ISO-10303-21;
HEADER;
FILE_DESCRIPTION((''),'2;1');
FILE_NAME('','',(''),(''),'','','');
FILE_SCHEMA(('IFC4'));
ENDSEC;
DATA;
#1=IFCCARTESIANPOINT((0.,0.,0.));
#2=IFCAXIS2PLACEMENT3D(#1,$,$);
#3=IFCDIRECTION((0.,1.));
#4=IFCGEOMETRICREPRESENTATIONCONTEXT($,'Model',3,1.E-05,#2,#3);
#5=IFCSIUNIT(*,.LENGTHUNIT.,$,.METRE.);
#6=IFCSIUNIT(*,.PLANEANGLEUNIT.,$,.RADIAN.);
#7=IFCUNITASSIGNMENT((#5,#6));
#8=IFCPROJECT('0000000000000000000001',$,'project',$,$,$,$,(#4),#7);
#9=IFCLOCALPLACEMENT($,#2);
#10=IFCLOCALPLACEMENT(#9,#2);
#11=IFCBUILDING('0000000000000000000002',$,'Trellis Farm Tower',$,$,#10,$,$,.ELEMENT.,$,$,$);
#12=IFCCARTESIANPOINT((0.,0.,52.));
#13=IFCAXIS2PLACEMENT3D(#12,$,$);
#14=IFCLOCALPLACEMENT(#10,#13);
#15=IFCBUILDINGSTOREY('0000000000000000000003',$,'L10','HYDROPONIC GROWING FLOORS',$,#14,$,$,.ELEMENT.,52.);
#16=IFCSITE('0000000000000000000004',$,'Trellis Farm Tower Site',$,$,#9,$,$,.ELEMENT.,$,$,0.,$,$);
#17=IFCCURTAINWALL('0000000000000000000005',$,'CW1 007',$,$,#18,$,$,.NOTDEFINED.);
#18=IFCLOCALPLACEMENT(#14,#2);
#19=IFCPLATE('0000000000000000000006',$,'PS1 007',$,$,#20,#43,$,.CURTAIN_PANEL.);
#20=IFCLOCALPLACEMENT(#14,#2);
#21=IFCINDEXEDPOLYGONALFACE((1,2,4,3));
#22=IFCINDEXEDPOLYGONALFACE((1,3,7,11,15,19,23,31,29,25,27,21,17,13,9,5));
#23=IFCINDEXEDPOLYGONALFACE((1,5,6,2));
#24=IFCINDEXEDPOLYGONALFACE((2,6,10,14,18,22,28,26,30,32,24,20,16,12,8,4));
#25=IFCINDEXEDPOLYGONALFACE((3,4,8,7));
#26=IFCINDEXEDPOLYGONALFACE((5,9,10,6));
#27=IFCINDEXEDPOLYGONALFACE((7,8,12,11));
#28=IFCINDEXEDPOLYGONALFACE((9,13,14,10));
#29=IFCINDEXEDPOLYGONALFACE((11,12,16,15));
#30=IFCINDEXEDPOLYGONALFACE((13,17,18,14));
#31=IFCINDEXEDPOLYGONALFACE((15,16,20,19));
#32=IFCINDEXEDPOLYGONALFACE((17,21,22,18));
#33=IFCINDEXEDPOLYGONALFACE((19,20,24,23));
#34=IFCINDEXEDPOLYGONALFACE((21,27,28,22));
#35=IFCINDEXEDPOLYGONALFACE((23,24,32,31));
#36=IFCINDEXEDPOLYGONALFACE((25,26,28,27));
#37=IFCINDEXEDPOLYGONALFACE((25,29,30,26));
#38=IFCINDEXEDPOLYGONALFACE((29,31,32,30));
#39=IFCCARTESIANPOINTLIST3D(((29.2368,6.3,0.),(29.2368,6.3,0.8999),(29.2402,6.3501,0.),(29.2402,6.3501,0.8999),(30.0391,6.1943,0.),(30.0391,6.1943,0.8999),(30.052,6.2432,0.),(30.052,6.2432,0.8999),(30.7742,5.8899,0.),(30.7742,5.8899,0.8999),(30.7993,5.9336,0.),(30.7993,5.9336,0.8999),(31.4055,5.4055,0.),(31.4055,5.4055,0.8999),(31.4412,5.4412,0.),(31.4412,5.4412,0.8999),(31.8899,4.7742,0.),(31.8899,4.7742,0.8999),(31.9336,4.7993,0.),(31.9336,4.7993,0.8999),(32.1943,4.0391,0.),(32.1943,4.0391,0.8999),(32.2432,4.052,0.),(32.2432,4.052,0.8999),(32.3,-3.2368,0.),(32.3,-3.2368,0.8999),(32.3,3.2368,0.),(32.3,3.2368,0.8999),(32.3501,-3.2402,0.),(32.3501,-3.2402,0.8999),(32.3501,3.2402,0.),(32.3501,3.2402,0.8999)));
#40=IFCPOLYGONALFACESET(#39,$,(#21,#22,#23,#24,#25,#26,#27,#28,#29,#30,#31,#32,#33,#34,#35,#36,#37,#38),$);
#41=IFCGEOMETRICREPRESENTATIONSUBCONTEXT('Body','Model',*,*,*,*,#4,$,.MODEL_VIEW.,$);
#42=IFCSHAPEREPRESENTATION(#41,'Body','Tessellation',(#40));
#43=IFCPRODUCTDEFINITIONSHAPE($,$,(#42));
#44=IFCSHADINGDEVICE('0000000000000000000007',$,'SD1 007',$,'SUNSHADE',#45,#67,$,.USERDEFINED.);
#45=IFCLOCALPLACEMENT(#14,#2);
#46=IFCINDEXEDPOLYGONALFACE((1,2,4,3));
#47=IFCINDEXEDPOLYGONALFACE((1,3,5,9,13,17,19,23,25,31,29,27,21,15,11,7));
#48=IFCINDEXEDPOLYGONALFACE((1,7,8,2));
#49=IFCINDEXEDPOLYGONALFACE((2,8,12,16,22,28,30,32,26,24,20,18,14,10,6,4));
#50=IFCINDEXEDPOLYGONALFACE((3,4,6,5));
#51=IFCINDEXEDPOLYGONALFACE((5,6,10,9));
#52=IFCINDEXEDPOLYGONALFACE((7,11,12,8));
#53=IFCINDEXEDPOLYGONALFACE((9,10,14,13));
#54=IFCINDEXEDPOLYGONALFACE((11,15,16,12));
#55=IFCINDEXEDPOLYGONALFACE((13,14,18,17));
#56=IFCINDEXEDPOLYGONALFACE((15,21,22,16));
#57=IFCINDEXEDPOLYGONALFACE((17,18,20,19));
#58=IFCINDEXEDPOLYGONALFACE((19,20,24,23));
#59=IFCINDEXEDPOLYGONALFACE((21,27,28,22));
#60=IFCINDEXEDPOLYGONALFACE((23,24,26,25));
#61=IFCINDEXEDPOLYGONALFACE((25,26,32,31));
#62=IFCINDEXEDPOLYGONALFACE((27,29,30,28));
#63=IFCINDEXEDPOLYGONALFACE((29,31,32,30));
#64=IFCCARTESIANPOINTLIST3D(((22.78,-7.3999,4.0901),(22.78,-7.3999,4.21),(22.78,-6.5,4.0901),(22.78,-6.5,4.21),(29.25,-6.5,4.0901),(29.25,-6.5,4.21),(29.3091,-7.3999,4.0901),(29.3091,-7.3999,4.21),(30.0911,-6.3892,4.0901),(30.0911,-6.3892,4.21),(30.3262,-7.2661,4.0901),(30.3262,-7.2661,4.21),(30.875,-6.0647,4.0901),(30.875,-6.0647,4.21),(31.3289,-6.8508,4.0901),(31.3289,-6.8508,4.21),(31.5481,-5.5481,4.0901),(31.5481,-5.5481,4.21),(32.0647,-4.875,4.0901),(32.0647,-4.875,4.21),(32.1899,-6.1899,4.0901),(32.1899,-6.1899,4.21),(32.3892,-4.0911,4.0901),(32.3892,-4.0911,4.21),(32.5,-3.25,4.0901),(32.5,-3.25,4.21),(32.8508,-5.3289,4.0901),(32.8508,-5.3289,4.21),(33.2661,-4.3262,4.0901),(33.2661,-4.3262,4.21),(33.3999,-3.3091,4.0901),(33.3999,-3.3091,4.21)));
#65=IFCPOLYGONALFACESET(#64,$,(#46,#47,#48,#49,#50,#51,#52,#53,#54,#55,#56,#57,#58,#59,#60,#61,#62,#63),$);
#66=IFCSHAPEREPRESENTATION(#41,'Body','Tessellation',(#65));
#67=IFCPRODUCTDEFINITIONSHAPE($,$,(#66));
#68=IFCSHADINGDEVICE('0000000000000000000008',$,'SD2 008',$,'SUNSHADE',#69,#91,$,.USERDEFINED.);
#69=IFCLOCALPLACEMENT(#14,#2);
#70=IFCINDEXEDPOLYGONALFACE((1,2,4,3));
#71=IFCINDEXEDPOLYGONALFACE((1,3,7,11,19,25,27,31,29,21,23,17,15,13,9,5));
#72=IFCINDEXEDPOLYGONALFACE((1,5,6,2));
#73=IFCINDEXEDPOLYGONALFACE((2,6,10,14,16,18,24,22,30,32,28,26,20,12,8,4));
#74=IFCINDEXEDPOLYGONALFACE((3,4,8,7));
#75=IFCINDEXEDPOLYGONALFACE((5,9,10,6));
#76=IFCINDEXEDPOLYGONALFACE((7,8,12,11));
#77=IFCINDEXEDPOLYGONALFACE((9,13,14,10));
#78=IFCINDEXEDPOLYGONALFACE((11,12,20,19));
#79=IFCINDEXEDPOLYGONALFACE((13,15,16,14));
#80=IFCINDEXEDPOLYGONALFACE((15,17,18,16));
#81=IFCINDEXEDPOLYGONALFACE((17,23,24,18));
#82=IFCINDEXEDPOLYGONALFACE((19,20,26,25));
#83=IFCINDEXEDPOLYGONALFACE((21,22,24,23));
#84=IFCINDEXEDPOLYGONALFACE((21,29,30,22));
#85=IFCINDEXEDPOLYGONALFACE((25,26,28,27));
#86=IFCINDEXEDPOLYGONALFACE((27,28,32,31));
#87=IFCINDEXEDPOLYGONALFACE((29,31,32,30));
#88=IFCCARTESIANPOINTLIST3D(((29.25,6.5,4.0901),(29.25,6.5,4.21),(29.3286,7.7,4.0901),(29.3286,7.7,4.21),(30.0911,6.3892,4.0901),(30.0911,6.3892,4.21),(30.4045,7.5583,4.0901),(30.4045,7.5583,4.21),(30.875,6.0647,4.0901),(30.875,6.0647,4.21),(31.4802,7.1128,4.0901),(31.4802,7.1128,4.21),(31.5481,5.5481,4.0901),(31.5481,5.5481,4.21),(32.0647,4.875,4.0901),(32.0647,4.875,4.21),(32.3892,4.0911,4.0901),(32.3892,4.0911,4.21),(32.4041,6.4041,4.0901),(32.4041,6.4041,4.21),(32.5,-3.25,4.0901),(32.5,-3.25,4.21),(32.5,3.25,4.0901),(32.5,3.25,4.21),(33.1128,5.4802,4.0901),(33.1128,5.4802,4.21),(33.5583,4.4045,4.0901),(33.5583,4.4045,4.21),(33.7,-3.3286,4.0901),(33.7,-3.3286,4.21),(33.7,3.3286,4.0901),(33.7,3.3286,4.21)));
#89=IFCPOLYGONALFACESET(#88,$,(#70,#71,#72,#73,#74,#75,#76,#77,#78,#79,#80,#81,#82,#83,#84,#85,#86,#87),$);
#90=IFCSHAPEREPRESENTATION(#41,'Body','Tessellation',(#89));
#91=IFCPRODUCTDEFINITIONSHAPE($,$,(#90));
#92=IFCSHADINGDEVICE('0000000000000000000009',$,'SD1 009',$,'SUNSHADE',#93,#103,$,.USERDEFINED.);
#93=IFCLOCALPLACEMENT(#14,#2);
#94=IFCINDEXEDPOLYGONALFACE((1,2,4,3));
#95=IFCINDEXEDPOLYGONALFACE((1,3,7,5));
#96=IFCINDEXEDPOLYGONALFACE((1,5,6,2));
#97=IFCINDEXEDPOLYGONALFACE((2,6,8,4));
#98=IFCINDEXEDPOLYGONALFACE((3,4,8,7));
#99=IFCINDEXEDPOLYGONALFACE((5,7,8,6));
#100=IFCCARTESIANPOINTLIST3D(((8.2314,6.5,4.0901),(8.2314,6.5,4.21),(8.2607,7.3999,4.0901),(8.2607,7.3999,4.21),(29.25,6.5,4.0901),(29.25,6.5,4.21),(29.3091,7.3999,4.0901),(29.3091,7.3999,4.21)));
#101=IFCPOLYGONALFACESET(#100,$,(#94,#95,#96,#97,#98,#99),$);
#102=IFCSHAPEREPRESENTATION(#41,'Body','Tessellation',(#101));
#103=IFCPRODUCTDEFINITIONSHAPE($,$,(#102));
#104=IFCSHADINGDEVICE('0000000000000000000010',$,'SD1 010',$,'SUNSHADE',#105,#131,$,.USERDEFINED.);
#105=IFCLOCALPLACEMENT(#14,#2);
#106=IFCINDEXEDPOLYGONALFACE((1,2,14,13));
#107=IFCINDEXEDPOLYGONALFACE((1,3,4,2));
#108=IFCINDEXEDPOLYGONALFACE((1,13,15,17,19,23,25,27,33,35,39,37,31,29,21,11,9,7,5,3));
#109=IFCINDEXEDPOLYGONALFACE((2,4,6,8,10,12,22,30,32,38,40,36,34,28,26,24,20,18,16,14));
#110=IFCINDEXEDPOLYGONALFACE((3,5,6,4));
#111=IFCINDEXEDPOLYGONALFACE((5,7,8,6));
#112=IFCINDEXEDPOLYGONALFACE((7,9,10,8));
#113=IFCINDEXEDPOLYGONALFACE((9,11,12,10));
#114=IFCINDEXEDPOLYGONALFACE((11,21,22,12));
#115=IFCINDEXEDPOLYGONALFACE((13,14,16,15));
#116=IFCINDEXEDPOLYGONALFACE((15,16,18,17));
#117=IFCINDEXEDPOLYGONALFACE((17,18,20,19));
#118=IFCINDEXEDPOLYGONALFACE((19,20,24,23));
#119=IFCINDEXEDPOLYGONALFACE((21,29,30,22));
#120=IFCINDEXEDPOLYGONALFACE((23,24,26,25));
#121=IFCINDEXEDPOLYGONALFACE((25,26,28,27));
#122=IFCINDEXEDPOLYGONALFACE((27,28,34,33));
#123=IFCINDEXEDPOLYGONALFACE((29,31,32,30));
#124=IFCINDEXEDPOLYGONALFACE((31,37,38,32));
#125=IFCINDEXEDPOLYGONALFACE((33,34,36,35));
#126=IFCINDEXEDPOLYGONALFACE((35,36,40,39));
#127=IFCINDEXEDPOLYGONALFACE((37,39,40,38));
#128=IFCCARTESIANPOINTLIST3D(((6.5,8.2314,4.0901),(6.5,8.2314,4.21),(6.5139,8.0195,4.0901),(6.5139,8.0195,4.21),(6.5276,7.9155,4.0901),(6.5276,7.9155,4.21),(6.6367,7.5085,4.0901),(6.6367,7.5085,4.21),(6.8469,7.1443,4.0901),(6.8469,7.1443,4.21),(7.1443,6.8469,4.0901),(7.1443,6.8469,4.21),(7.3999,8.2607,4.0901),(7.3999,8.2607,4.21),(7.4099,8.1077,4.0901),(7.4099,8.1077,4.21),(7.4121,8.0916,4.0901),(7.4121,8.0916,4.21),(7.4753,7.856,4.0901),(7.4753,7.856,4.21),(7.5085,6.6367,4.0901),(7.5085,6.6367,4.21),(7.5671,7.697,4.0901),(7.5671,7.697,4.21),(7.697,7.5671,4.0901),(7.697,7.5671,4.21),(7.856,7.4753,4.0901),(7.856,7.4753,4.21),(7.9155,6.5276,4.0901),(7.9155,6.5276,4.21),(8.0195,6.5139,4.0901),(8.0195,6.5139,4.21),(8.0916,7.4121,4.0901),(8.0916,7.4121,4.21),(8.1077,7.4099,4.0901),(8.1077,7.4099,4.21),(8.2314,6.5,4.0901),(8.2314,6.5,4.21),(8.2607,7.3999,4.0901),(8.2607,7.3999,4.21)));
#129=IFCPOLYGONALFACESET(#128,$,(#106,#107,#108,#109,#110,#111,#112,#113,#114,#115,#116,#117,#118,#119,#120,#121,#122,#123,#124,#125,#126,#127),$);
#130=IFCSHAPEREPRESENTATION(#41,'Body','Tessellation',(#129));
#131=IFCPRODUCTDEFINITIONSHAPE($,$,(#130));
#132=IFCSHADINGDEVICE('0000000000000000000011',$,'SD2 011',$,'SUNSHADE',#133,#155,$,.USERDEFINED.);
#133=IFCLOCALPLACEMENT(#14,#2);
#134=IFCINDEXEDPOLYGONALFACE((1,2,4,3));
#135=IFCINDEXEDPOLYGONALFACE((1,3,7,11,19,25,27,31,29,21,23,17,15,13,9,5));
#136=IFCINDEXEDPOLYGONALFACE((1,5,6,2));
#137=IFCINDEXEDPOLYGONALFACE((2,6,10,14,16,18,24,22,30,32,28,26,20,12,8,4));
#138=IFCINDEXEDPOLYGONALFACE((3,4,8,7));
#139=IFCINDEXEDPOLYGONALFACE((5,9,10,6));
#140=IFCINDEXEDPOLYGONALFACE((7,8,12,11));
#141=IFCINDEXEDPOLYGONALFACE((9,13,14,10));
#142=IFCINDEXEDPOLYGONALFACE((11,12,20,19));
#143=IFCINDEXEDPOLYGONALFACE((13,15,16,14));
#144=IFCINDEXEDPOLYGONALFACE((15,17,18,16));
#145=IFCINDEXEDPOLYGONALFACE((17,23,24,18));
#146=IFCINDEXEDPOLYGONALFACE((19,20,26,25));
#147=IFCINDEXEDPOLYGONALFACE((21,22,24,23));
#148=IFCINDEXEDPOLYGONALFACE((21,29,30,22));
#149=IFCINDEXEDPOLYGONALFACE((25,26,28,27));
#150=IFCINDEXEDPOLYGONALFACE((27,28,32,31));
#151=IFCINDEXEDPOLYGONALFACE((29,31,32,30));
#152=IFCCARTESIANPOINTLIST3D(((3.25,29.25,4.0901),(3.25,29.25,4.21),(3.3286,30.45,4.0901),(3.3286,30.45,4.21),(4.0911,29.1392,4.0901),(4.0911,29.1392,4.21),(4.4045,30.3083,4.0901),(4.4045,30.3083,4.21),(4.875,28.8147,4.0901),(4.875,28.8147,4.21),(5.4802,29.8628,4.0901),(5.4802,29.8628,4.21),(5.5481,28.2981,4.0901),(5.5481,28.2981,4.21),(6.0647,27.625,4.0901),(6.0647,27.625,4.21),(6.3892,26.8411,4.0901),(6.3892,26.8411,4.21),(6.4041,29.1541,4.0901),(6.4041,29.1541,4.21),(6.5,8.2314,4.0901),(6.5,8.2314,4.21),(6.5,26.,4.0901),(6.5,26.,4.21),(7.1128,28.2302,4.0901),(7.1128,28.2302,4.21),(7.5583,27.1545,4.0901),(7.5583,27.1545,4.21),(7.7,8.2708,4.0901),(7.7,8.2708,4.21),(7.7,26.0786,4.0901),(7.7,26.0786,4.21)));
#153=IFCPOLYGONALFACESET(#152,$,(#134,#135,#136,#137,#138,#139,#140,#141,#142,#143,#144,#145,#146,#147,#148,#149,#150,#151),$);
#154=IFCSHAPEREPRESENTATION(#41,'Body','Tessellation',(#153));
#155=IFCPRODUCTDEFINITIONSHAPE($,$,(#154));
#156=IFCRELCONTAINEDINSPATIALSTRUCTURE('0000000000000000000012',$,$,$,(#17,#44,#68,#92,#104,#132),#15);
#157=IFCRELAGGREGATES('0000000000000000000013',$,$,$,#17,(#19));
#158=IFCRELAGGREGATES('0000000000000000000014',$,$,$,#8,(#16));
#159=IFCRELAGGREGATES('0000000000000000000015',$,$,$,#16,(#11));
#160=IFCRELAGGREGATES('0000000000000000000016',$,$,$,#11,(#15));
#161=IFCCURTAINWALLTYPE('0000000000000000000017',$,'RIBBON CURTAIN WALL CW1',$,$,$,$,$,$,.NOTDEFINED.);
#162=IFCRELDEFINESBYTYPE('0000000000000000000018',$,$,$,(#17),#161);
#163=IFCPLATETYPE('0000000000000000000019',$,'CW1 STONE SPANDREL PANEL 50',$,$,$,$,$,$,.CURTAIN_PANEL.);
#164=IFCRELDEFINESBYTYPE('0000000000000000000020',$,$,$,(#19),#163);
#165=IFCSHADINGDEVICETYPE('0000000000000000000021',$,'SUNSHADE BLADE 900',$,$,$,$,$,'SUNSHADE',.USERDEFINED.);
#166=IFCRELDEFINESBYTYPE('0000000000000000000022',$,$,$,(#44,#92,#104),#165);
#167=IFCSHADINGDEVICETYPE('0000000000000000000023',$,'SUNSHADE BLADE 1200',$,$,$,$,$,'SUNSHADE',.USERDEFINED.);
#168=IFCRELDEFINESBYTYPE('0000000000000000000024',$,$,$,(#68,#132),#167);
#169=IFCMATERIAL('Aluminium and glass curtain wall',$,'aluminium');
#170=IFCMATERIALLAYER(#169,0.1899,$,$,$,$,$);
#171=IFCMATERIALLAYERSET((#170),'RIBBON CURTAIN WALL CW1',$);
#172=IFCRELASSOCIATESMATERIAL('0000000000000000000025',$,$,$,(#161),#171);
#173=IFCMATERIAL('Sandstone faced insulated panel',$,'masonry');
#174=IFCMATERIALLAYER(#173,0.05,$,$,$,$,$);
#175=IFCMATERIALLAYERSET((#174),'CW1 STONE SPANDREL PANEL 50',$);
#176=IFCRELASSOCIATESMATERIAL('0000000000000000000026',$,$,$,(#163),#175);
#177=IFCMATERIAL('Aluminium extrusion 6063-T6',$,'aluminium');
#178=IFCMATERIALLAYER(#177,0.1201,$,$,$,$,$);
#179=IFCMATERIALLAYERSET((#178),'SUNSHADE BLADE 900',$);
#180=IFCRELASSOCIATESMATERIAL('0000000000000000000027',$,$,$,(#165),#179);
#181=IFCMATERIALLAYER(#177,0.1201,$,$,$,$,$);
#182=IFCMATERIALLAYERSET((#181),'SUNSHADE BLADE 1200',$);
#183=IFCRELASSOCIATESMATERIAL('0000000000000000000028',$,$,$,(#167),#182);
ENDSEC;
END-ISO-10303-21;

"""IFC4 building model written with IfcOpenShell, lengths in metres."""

from ifc_helpers import new_model, si_unit, direction, frame, origin, place, context, subcontext, project, spatial, polyline, outline, extrude, source, transform, mapped, material, layer, layer_set, type_object, element, aggregate, save


model = new_model("IFC4")

# Units and contexts
model_context = context("Model", 3, precision=1e-05, world=origin(), true_north=direction((0.0, 1.0)))
body_context = subcontext(model_context, "Body", "Model", "MODEL_VIEW")
ifc_project = project(units=[si_unit("LENGTHUNIT", "METRE"), si_unit("PLANEANGLEUNIT", "RADIAN")], contexts=[model_context])

# Site, building, storey
site_placement = place(None, origin())
site = spatial("IfcSite", under=ifc_project, at=site_placement, Name="Trellis Farm Tower Site", CompositionType="ELEMENT", RefElevation=0.0)
building_placement = place(site_placement, origin())
building = spatial("IfcBuilding", under=site, at=building_placement, Name="Trellis Farm Tower", CompositionType="ELEMENT")
storey_placement = place(building_placement, frame((0.0, 0.0, 52.0)))
storey = spatial("IfcBuildingStorey", under=building, at=storey_placement, Name="L10", Description="HYDROPONIC GROWING FLOORS", CompositionType="ELEMENT", Elevation=52.0)

# Curtain wall
ifc_material_1 = material(Name="Aluminium and glass curtain wall", Category="aluminium")
ifc_layer_1 = layer(ifc_material_1, 0.1899)
ifc_layer_set_1 = layer_set([ifc_layer_1], Name="RIBBON CURTAIN WALL CW1")
curtain_wall_type_1 = type_object("IfcCurtainWallType", Name="RIBBON CURTAIN WALL CW1", PredefinedType="NOTDEFINED", material=ifc_layer_set_1)
placement_1 = place(storey_placement, origin())
ifc_material_2 = material(Name="Aluminium extrusion 6063-T6", Category="aluminium")
curtain_wall_1 = element("IfcCurtainWall", 1, at=placement_1, inside=storey, type_object=curtain_wall_type_1, Name="CW1 007", PredefinedType="NOTDEFINED")

# Plate
ifc_material_3 = material(Name="Sandstone faced insulated panel", Category="masonry")
ifc_layer_2 = layer(ifc_material_3, 0.05)
ifc_layer_set_2 = layer_set([ifc_layer_2], Name="CW1 STONE SPANDREL PANEL 50")
plate_type_1 = type_object("IfcPlateType", Name="CW1 STONE SPANDREL PANEL 50", PredefinedType="CURTAIN_PANEL", material=ifc_layer_set_2)
shared_shape_1 = source(origin(), body_context, "Body", "SweptSolid", [
    extrude(outline(polyline([(32.3501, -3.2402), (32.3501, 3.2402), (32.2432, 4.052), (31.9336, 4.7993), (31.4412, 5.4412), (30.7993, 5.9336), (30.052, 6.2432), (29.2402, 6.3501), (29.2368, 6.3), (30.0391, 6.1943), (30.7742, 5.8899), (31.4055, 5.4055), (31.8899, 4.7742), (32.1943, 4.0391), (32.3, 3.2368), (32.3, -3.2368), (32.3501, -3.2402)])), origin(), (0.0, 0.0, 1.0), 0.8999),
])
plate_1 = element("IfcPlate", 2, at=placement_1, type_object=plate_type_1, Name="PS1 007", PredefinedType="CURTAIN_PANEL", context=body_context, shape_type="MappedRepresentation", body=[
    mapped(shared_shape_1, transform((0.0, 0.0, 0.0))),
])
aggregate(curtain_wall_1, [plate_1])

# Shading devices
ifc_layer_3 = layer(ifc_material_2, 0.1201)
ifc_layer_set_3 = layer_set([ifc_layer_3], Name="SUNSHADE BLADE 900")
shading_device_type_1 = type_object("IfcShadingDeviceType", Name="SUNSHADE BLADE 900", ElementType="SUNSHADE", PredefinedType="USERDEFINED", material=ifc_layer_set_3)
shared_shape_2 = source(origin(), body_context, "Body", "SweptSolid", [
    extrude(outline(polyline([(22.78, -7.3999), (29.3091, -7.3999), (30.3262, -7.2661), (31.3289, -6.8508), (32.1899, -6.1899), (32.8508, -5.3289), (33.2661, -4.3262), (33.3999, -3.3091), (32.5, -3.25), (32.3892, -4.0911), (32.0647, -4.875), (31.5481, -5.5481), (30.875, -6.0647), (30.0911, -6.3892), (29.25, -6.5), (22.78, -6.5), (22.78, -7.3999)])), origin(), (0.0, 0.0, 1.0), 0.1199),
])
placement_2 = place(storey_placement, frame((0.0, 0.0, 4.0901)))
element("IfcShadingDevice", 3, at=placement_2, inside=storey, type_object=shading_device_type_1, Name="SD1 007", ObjectType="SUNSHADE", PredefinedType="USERDEFINED", context=body_context, shape_type="MappedRepresentation", body=[
    mapped(shared_shape_2, transform((0.0, 0.0, 0.0))),
])
ifc_layer_4 = layer(ifc_material_2, 0.1201)
ifc_layer_set_4 = layer_set([ifc_layer_4], Name="SUNSHADE BLADE 1200")
shading_device_type_2 = type_object("IfcShadingDeviceType", Name="SUNSHADE BLADE 1200", ElementType="SUNSHADE", PredefinedType="USERDEFINED", material=ifc_layer_set_4)
shared_shape_3 = source(origin(), body_context, "Body", "SweptSolid", [
    extrude(outline(polyline([(33.7, -3.3286), (33.7, 3.3286), (33.5583, 4.4045), (33.1128, 5.4802), (32.4041, 6.4041), (31.4802, 7.1128), (30.4045, 7.5583), (29.3286, 7.7), (29.25, 6.5), (30.0911, 6.3892), (30.875, 6.0647), (31.5481, 5.5481), (32.0647, 4.875), (32.3892, 4.0911), (32.5, 3.25), (32.5, -3.25), (33.7, -3.3286)])), origin(), (0.0, 0.0, 1.0), 0.1199),
])
element("IfcShadingDevice", 4, at=placement_2, inside=storey, type_object=shading_device_type_2, Name="SD2 008", ObjectType="SUNSHADE", PredefinedType="USERDEFINED", context=body_context, shape_type="MappedRepresentation", body=[
    mapped(shared_shape_3, transform((0.0, 0.0, 0.0))),
])
shared_shape_4 = source(origin(), body_context, "Body", "SweptSolid", [
    extrude(outline(polyline([(29.3091, 7.3999), (8.2607, 7.3999), (8.2314, 6.5), (29.25, 6.5), (29.3091, 7.3999)])), origin(), (0.0, 0.0, 1.0), 0.1199),
])
element("IfcShadingDevice", 5, at=placement_2, inside=storey, type_object=shading_device_type_1, Name="SD1 009", ObjectType="SUNSHADE", PredefinedType="USERDEFINED", context=body_context, shape_type="MappedRepresentation", body=[
    mapped(shared_shape_4, transform((0.0, 0.0, 0.0))),
])
shared_shape_5 = source(origin(), body_context, "Body", "SweptSolid", [
    extrude(outline(polyline([(8.2607, 7.3999), (8.1077, 7.4099), (8.0916, 7.4121), (7.856, 7.4753), (7.697, 7.5671), (7.5671, 7.697), (7.4753, 7.856), (7.4121, 8.0916), (7.4099, 8.1077), (7.3999, 8.2607), (6.5, 8.2314), (6.5139, 8.0195), (6.5276, 7.9155), (6.6367, 7.5085), (6.8469, 7.1443), (7.1443, 6.8469), (7.5085, 6.6367), (7.9155, 6.5276), (8.0195, 6.5139), (8.2314, 6.5), (8.2607, 7.3999)])), origin(), (0.0, 0.0, 1.0), 0.1199),
])
element("IfcShadingDevice", 6, at=placement_2, inside=storey, type_object=shading_device_type_1, Name="SD1 010", ObjectType="SUNSHADE", PredefinedType="USERDEFINED", context=body_context, shape_type="MappedRepresentation", body=[
    mapped(shared_shape_5, transform((0.0, 0.0, 0.0))),
])
shared_shape_6 = source(origin(), body_context, "Body", "SweptSolid", [
    extrude(outline(polyline([(7.7, 8.2708), (7.7, 26.0786), (7.5583, 27.1545), (7.1128, 28.2302), (6.4041, 29.1541), (5.4802, 29.8628), (4.4045, 30.3083), (3.3286, 30.45), (3.25, 29.25), (4.0911, 29.1392), (4.875, 28.8147), (5.5481, 28.2981), (6.0647, 27.625), (6.3892, 26.8411), (6.5, 26.0), (6.5, 8.2314), (7.7, 8.2708)])), origin(), (0.0, 0.0, 1.0), 0.1199),
])
element("IfcShadingDevice", 7, at=placement_2, inside=storey, type_object=shading_device_type_2, Name="SD2 011", ObjectType="SUNSHADE", PredefinedType="USERDEFINED", context=body_context, shape_type="MappedRepresentation", body=[
    mapped(shared_shape_6, transform((0.0, 0.0, 0.0))),
])

save(model, "model.ifc")
